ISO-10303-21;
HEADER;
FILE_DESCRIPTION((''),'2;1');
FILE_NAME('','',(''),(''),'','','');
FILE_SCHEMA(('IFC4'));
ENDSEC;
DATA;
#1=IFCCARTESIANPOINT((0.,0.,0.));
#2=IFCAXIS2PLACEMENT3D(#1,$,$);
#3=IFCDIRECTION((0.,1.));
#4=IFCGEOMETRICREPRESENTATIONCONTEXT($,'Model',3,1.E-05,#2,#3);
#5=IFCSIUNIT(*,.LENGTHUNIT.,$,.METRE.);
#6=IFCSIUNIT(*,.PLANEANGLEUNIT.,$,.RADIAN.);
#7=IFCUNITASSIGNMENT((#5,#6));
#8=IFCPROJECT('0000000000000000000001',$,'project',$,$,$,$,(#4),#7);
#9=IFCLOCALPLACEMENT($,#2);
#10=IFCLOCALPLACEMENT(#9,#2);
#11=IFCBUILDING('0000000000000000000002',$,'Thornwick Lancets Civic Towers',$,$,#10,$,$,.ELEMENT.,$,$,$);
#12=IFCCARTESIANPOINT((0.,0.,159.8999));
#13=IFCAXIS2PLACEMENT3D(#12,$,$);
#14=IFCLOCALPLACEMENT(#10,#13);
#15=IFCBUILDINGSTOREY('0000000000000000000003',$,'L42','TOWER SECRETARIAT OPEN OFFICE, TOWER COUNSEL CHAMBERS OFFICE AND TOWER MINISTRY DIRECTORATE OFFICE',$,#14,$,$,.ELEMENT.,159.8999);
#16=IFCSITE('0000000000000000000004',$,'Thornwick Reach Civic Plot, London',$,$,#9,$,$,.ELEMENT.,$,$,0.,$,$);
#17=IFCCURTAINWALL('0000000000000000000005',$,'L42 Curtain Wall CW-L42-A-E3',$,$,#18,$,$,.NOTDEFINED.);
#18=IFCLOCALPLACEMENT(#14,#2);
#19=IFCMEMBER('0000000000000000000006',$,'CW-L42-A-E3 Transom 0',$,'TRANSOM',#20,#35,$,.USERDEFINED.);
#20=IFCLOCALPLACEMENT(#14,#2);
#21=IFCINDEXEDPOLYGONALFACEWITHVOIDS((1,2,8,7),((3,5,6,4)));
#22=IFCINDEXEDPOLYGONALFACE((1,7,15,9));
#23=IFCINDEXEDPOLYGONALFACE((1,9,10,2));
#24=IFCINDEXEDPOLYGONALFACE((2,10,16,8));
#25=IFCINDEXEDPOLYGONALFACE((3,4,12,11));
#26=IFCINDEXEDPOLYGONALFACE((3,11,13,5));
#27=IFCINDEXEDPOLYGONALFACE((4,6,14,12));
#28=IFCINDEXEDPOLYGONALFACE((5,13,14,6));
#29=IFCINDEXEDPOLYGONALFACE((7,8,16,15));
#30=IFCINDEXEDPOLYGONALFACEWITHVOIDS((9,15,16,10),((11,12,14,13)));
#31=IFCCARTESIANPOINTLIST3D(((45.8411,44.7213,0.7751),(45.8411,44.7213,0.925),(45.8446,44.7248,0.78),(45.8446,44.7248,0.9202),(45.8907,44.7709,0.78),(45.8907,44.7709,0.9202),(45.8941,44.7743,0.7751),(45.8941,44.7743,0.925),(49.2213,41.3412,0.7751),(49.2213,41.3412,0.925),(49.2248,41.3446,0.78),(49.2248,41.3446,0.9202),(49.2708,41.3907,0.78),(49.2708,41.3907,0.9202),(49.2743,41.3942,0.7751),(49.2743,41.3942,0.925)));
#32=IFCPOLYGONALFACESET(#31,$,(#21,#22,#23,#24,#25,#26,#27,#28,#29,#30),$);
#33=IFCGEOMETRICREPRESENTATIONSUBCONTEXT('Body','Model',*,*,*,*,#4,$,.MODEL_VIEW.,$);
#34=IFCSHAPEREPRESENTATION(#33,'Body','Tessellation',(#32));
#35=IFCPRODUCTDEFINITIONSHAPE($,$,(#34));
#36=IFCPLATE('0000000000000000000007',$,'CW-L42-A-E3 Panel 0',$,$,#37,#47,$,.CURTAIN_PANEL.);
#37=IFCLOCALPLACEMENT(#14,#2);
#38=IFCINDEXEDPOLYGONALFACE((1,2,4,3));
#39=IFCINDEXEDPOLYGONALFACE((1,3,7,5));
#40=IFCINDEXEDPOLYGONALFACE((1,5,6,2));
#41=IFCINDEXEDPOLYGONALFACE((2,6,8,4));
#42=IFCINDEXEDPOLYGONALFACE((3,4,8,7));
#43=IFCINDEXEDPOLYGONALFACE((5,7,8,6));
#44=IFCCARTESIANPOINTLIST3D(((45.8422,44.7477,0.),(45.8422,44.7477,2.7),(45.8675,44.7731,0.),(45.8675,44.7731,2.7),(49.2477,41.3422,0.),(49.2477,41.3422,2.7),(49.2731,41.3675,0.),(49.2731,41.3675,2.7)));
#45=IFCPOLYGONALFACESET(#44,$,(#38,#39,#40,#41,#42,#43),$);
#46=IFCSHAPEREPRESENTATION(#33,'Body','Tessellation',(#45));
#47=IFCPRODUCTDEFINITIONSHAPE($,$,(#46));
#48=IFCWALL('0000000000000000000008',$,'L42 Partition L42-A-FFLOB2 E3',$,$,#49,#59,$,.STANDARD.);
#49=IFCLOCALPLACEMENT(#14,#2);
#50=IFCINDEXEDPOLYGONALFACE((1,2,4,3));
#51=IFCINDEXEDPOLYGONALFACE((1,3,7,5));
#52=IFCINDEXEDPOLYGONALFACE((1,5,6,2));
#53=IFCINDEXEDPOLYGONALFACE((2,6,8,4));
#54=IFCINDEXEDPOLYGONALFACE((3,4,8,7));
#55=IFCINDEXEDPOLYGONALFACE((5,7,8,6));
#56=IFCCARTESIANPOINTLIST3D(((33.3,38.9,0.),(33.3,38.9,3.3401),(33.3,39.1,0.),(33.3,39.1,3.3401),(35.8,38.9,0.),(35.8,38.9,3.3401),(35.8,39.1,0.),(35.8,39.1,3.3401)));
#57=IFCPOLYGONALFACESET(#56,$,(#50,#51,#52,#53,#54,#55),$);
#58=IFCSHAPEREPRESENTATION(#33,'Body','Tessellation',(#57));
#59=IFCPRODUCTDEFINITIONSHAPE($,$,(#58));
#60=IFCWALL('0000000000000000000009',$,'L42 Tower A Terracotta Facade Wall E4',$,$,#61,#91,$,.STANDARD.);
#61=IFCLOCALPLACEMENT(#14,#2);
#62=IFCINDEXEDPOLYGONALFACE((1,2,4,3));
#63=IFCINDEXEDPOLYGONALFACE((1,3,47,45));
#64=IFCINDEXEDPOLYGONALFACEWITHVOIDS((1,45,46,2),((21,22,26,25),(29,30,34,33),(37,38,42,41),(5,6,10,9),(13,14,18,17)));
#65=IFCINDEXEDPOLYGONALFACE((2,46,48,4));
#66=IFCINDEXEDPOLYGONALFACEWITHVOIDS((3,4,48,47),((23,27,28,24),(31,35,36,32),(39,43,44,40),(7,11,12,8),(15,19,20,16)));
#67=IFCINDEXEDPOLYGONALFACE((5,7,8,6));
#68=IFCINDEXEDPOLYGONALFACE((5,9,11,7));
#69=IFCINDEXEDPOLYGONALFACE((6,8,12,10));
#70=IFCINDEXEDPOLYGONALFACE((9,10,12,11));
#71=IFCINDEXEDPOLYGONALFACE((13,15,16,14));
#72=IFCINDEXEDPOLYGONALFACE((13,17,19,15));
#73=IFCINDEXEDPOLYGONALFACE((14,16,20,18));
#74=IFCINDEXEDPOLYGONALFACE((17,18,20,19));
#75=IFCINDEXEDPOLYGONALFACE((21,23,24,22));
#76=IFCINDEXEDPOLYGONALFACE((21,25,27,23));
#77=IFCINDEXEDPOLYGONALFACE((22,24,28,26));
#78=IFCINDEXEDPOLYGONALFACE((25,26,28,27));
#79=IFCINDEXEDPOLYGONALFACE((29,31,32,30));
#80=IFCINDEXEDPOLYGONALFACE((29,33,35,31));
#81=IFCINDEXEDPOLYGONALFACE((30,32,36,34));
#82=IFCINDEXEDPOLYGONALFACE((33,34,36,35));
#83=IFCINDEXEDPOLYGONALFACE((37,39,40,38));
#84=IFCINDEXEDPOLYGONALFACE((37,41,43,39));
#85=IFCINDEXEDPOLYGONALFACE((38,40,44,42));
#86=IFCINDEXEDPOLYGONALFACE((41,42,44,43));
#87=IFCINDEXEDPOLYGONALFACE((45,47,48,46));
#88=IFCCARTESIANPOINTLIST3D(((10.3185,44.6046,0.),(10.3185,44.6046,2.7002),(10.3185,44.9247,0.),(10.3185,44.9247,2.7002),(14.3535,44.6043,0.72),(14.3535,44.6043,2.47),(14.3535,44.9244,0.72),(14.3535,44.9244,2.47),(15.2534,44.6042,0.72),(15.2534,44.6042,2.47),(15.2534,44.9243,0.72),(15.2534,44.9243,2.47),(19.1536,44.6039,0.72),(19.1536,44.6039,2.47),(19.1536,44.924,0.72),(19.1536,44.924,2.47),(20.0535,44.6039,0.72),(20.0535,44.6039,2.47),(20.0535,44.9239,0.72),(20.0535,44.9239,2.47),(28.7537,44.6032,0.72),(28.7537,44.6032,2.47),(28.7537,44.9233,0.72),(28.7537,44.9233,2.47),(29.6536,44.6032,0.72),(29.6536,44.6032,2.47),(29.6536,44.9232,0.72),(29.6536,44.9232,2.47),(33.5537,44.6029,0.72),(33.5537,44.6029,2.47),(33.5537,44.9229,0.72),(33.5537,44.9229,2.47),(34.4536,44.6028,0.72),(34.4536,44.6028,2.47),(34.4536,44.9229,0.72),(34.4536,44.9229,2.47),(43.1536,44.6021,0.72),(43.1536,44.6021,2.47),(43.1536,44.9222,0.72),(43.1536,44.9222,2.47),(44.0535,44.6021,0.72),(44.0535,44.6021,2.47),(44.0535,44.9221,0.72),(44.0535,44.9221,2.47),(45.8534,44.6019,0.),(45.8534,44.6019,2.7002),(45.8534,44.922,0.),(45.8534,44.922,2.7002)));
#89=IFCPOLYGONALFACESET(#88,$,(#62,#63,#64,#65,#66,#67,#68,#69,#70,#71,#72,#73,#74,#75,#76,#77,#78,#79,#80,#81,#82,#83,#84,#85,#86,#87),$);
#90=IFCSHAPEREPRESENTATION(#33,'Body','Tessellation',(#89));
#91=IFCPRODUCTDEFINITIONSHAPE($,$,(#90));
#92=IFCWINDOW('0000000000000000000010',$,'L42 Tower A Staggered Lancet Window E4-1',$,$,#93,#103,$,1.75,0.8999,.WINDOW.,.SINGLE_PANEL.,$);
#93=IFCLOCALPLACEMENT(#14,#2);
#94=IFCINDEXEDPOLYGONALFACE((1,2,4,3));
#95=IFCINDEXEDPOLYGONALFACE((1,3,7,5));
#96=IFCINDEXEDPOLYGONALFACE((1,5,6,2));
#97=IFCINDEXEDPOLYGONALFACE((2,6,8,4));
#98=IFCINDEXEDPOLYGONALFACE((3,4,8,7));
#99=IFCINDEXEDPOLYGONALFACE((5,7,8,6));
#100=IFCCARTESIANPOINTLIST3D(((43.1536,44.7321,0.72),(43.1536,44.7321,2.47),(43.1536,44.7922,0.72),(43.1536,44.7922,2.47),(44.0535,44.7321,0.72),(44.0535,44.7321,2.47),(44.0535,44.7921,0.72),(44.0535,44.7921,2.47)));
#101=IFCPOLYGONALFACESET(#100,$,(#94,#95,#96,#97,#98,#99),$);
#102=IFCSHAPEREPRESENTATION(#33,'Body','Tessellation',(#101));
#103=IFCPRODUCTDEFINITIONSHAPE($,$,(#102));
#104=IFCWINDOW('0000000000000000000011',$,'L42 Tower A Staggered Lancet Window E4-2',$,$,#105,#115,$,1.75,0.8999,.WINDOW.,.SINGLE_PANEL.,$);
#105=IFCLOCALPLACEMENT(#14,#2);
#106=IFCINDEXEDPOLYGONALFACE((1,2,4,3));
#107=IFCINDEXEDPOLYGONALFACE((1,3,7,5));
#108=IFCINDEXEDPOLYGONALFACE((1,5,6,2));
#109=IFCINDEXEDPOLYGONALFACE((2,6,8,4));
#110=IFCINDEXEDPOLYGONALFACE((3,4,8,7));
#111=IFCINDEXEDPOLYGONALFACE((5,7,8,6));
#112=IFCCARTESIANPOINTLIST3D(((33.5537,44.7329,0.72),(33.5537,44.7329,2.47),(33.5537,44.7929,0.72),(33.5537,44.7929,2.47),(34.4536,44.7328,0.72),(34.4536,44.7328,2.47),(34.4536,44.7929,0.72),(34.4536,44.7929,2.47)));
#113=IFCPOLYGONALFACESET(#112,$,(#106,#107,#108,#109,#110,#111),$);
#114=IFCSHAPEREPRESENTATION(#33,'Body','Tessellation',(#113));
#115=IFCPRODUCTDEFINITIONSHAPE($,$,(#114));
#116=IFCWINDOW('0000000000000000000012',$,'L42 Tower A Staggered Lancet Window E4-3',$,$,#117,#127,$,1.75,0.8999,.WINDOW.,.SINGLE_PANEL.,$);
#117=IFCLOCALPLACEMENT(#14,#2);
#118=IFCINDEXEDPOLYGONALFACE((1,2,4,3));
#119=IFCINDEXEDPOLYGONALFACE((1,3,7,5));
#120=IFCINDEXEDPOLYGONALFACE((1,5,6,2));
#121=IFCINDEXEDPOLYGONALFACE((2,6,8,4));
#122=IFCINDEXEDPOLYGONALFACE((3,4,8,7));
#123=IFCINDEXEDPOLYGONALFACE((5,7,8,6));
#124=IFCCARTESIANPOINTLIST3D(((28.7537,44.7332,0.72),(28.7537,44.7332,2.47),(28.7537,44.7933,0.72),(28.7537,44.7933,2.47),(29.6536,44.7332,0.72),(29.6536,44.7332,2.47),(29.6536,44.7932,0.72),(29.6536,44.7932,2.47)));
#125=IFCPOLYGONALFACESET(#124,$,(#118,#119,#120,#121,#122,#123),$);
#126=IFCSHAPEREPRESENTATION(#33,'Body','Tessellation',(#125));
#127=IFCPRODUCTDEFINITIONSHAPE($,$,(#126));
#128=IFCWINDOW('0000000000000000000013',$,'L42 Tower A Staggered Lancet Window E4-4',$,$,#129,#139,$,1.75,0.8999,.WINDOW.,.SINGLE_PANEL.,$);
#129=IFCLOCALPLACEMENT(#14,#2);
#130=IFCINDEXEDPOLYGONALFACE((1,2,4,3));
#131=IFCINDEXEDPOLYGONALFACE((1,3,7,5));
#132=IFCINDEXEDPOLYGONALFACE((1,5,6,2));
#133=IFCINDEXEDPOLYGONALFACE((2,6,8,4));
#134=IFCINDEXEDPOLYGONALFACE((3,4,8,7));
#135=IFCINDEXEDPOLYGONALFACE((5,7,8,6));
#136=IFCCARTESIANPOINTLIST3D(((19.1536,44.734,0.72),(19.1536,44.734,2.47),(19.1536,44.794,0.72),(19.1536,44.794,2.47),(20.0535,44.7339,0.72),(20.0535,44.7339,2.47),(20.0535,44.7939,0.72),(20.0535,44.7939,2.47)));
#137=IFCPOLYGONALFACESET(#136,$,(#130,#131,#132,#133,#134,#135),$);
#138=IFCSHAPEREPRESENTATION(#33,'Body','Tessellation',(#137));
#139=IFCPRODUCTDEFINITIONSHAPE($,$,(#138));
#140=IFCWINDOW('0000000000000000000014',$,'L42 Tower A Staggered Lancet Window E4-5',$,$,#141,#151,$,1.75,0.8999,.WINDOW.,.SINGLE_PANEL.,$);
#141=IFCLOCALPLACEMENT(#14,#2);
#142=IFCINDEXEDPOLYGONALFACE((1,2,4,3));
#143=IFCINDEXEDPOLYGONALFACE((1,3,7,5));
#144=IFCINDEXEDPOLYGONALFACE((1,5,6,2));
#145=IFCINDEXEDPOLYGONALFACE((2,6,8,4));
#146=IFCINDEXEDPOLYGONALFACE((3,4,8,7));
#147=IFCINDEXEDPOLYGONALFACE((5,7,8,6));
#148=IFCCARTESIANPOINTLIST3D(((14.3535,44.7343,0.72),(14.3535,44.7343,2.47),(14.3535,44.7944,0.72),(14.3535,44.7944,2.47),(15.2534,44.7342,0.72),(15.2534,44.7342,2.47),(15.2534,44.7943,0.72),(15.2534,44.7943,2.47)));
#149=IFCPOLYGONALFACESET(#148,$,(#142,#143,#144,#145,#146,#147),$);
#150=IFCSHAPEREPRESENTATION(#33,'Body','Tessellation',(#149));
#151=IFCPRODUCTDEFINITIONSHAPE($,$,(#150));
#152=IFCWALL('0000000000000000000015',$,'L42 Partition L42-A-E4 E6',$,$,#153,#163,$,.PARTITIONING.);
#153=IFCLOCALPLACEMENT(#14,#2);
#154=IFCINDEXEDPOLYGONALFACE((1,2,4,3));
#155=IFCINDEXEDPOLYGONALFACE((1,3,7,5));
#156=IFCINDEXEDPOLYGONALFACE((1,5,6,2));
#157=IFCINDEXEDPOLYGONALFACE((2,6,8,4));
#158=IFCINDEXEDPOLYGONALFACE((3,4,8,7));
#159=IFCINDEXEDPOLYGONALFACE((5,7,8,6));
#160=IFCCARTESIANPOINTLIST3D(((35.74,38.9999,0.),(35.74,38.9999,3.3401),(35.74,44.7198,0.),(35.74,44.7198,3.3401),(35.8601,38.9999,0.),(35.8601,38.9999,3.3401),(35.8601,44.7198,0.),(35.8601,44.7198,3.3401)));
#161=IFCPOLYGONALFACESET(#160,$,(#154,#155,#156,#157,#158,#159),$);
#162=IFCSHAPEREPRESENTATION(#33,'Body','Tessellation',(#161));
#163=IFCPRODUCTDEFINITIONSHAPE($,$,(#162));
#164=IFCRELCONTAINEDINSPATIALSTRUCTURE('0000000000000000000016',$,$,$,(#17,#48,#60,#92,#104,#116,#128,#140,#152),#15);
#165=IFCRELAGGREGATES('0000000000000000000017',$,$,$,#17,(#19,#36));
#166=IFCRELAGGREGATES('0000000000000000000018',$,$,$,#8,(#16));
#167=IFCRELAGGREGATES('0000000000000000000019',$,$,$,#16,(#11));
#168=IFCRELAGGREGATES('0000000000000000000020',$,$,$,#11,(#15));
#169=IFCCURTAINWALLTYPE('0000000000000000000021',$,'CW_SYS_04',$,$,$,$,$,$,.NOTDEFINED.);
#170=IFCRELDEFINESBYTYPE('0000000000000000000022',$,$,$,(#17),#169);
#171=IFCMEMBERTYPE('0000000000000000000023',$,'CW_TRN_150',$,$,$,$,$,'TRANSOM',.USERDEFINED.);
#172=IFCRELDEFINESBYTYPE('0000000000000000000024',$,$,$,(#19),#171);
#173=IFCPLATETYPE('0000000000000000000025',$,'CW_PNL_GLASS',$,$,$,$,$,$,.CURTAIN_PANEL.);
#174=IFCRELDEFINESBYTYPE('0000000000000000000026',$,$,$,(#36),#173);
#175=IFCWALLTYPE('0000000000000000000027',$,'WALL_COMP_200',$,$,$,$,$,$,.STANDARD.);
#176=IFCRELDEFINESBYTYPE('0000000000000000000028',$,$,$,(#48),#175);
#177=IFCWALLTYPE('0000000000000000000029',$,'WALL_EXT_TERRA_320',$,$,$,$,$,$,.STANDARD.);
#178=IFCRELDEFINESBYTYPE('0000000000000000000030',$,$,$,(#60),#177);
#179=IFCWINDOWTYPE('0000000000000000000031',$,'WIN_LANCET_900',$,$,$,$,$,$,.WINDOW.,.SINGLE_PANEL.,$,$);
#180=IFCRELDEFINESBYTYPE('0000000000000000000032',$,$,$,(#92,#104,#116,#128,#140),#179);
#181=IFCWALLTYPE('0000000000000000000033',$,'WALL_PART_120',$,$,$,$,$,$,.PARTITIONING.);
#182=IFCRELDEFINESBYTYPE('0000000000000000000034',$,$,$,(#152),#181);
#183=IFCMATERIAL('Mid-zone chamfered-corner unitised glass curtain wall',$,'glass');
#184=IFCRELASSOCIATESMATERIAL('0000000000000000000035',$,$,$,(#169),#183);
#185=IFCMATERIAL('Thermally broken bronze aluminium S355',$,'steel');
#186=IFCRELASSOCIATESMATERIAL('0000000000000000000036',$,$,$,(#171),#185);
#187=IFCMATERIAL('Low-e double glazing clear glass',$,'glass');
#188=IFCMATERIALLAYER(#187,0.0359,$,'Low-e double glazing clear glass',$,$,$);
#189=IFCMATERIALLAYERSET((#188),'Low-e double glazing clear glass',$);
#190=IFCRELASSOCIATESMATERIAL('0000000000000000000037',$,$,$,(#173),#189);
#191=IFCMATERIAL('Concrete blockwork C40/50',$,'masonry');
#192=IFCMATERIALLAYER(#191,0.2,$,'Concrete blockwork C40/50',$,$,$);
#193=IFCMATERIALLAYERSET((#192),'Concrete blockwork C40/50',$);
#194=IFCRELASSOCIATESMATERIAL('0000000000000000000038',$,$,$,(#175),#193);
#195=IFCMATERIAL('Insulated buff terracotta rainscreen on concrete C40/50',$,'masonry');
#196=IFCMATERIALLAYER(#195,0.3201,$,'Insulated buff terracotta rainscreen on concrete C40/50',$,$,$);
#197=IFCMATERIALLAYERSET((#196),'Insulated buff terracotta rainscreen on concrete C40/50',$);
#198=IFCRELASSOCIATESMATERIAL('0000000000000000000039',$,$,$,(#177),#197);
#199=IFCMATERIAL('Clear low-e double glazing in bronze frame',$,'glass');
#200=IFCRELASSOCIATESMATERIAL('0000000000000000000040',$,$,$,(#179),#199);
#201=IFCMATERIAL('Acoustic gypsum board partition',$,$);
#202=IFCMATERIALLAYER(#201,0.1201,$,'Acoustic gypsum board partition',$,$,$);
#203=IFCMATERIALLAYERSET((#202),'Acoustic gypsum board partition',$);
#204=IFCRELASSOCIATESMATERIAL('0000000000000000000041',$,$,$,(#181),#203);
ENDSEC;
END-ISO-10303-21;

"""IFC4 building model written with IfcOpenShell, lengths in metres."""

from ifc_helpers import new_model, si_unit, direction, frame, frame_2d, origin, origin_2d, place, context, subcontext, project, spatial, rectangle, hollow_rectangle, extrude, material, layer, layer_set, material_profile, profile_set, type_object, element, fill, aggregate, save


model = new_model("IFC4")

# Units and contexts
model_context = context("Model", 3, precision=1e-05, world=origin(), true_north=direction((0.0, 1.0)))
body_context = subcontext(model_context, "Body", "Model", "MODEL_VIEW")
ifc_project = project(units=[si_unit("LENGTHUNIT", "METRE"), si_unit("PLANEANGLEUNIT", "RADIAN")], contexts=[model_context])

# Site, building, storey
site_placement = place(None, origin())
site = spatial("IfcSite", under=ifc_project, at=site_placement, Name="Thornwick Reach Civic Plot, London", CompositionType="ELEMENT", RefElevation=0.0)
building_placement = place(site_placement, origin())
building = spatial("IfcBuilding", under=site, at=building_placement, Name="Thornwick Lancets Civic Towers", CompositionType="ELEMENT")
storey_placement = place(building_placement, frame((0.0, 0.0, 159.8999)))
storey = spatial("IfcBuildingStorey", under=building, at=storey_placement, Name="L42", Description="TOWER SECRETARIAT OPEN OFFICE, TOWER COUNSEL CHAMBERS OFFICE AND TOWER MINISTRY DIRECTORATE OFFICE", CompositionType="ELEMENT", Elevation=159.8999)

# Curtain wall, member, plate
ifc_material_1 = material(Name="Mid-zone chamfered-corner unitised glass curtain wall", Category="glass")
curtain_wall_type = type_object("IfcCurtainWallType", Name="CW_SYS_04", PredefinedType="NOTDEFINED", material=ifc_material_1)
curtain_wall_placement = place(storey_placement, origin())
curtain_wall = element("IfcCurtainWall", 1, at=curtain_wall_placement, inside=storey, type_object=curtain_wall_type, Name="L42 Curtain Wall CW-L42-A-E3", PredefinedType="NOTDEFINED")
ifc_material_2 = material(Name="Thermally broken bronze aluminium S355", Category="steel")
ifc_material_profile_1 = material_profile(ifc_material_2, hollow_rectangle(XDim=0.075, YDim=0.1499, WallThickness=0.0049, at=origin_2d()), Name="RHS 150x75x5")
ifc_profile_set_1 = profile_set([ifc_material_profile_1], Name="Thermally broken bronze aluminium S355")
member_type_1 = type_object("IfcMemberType", Name="CW_TRN_150", ElementType="TRANSOM", PredefinedType="USERDEFINED", material=ifc_profile_set_1)
member_1_placement = place(storey_placement, frame((49.2478, 41.3677, 0.8501), z_axis=(-0.707107, 0.707107, 0.0), x_axis=(-0.707107, -0.707107, 0.0)))
member_1 = element("IfcMember", 2, at=member_1_placement, type_object=member_type_1, Name="CW-L42-A-E3 Transom 0", ObjectType="TRANSOM", PredefinedType="USERDEFINED", context=body_context, shape_type="SweptSolid", body=[
    extrude(hollow_rectangle(XDim=0.075, YDim=0.1499, WallThickness=0.0049, at=origin_2d()), origin(), (0.0, 0.0, 1.0), 4.7803),
])
ifc_material_3 = material(Name="Low-e double glazing clear glass", Category="glass")
ifc_layer_1 = layer(ifc_material_3, 0.0359, Name="Low-e double glazing clear glass")
ifc_layer_set_1 = layer_set([ifc_layer_1], Name="Low-e double glazing clear glass")
plate_type = type_object("IfcPlateType", Name="CW_PNL_GLASS", PredefinedType="CURTAIN_PANEL", material=ifc_layer_set_1)
plate_placement = place(storey_placement, frame((47.5576, 43.0576, 0.0), z_axis=(0.0, 0.0, 1.0), x_axis=(-0.707107, 0.707107, 0.0)))
plate = element("IfcPlate", 3, at=plate_placement, type_object=plate_type, Name="CW-L42-A-E3 Panel 0", PredefinedType="CURTAIN_PANEL", context=body_context, shape_type="SweptSolid", body=[
    extrude(rectangle(XDim=4.8162, YDim=0.0359, at=origin_2d()), origin(), (0.0, 0.0, 1.0), 2.7),
])
aggregate(curtain_wall, [member_1, plate])

# Wall
ifc_material_4 = material(Name="Concrete blockwork C40/50", Category="masonry")
ifc_layer_2 = layer(ifc_material_4, 0.2, Name="Concrete blockwork C40/50")
ifc_layer_set_2 = layer_set([ifc_layer_2], Name="Concrete blockwork C40/50")
wall_type_1 = type_object("IfcWallType", Name="WALL_COMP_200", PredefinedType="STANDARD", material=ifc_layer_set_2)
wall_1_placement = place(storey_placement, frame((35.8, 39.0, 0.0), z_axis=(0.0, 0.0, 1.0), x_axis=(-1.0, 0.0, 0.0)))
element("IfcWall", 4, at=wall_1_placement, inside=storey, type_object=wall_type_1, Name="L42 Partition L42-A-FFLOB2 E3", PredefinedType="STANDARD", context=body_context, shape_type="SweptSolid", body=[
    extrude(rectangle(XDim=2.5, YDim=0.2, at=frame_2d((1.25, 0.0))), origin(), (0.0, 0.0, 1.0), 3.3401),
])

# Wall, openings, windows
ifc_material_5 = material(Name="Insulated buff terracotta rainscreen on concrete C40/50", Category="masonry")
ifc_layer_3 = layer(ifc_material_5, 0.3201, Name="Insulated buff terracotta rainscreen on concrete C40/50")
ifc_layer_set_3 = layer_set([ifc_layer_3], Name="Insulated buff terracotta rainscreen on concrete C40/50")
wall_type_2 = type_object("IfcWallType", Name="WALL_EXT_TERRA_320", PredefinedType="STANDARD", material=ifc_layer_set_3)
wall_2_placement = place(storey_placement, frame((45.8535, 44.762, 0.0), z_axis=(0.0, 0.0, 1.0), x_axis=(-1.0, 0.000076, 0.0)))
wall_2 = element("IfcWall", 5, at=wall_2_placement, inside=storey, type_object=wall_type_2, Name="L42 Tower A Terracotta Facade Wall E4", PredefinedType="STANDARD", context=body_context, shape_type="SweptSolid", body=[
    extrude(rectangle(XDim=35.5349, YDim=0.3201, at=frame_2d((17.7676, 0.0))), origin(), (0.0, 0.0, 1.0), 2.7002),
])
opening_1_placement = place(wall_2_placement, frame((1.8, 0.0, 0.72)))
opening_1 = element("IfcOpeningElement", 6, at=opening_1_placement, cuts=wall_2, PredefinedType="OPENING", context=body_context, shape_type="SweptSolid", body=[
    extrude(rectangle(XDim=0.8999, YDim=1.75, at=frame_2d((0.45, 0.875))), frame((0.0, 0.1699, 0.0), z_axis=(0.0, -1.0, 0.0), x_axis=(1.0, 0.0, 0.0)), (0.0, 0.0, 1.0), 0.3401),
])
opening_2_placement = place(wall_2_placement, frame((11.3999, 0.0, 0.72)))
opening_2 = element("IfcOpeningElement", 7, at=opening_2_placement, cuts=wall_2, PredefinedType="OPENING", context=body_context, shape_type="SweptSolid", body=[
    extrude(rectangle(XDim=0.8999, YDim=1.75, at=frame_2d((0.45, 0.875))), frame((0.0, 0.1699, 0.0), z_axis=(0.0, -1.0, 0.0), x_axis=(1.0, 0.0, 0.0)), (0.0, 0.0, 1.0), 0.3401),
])
opening_3_placement = place(wall_2_placement, frame((16.2, 0.0, 0.72)))
opening_3 = element("IfcOpeningElement", 8, at=opening_3_placement, cuts=wall_2, PredefinedType="OPENING", context=body_context, shape_type="SweptSolid", body=[
    extrude(rectangle(XDim=0.8999, YDim=1.75, at=frame_2d((0.45, 0.875))), frame((0.0, 0.1699, 0.0), z_axis=(0.0, -1.0, 0.0), x_axis=(1.0, 0.0, 0.0)), (0.0, 0.0, 1.0), 0.3401),
])
opening_4_placement = place(wall_2_placement, frame((25.8, 0.0, 0.72)))
opening_4 = element("IfcOpeningElement", 9, at=opening_4_placement, cuts=wall_2, PredefinedType="OPENING", context=body_context, shape_type="SweptSolid", body=[
    extrude(rectangle(XDim=0.8999, YDim=1.75, at=frame_2d((0.45, 0.875))), frame((0.0, 0.1699, 0.0), z_axis=(0.0, -1.0, 0.0), x_axis=(1.0, 0.0, 0.0)), (0.0, 0.0, 1.0), 0.3401),
])
opening_5_placement = place(wall_2_placement, frame((30.6001, 0.0, 0.72)))
opening_5 = element("IfcOpeningElement", 10, at=opening_5_placement, cuts=wall_2, PredefinedType="OPENING", context=body_context, shape_type="SweptSolid", body=[
    extrude(rectangle(XDim=0.8999, YDim=1.75, at=frame_2d((0.45, 0.875))), frame((0.0, 0.1699, 0.0), z_axis=(0.0, -1.0, 0.0), x_axis=(1.0, 0.0, 0.0)), (0.0, 0.0, 1.0), 0.3401),
])
ifc_material_6 = material(Name="Clear low-e double glazing in bronze frame", Category="glass")
window_type = type_object("IfcWindowType", Name="WIN_LANCET_900", PartitioningType="SINGLE_PANEL", PredefinedType="WINDOW", material=ifc_material_6)
window_1_placement = place(opening_1_placement, origin())
window_1 = element("IfcWindow", 11, at=window_1_placement, inside=storey, type_object=window_type, Name="L42 Tower A Staggered Lancet Window E4-1", OverallHeight=1.75, OverallWidth=0.8999, PartitioningType="SINGLE_PANEL", PredefinedType="WINDOW", context=body_context, shape_type="SweptSolid", body=[
    extrude(rectangle(XDim=0.8999, YDim=1.75, at=frame_2d((0.45, 0.875))), frame((0.0, 0.03, 0.0), z_axis=(0.0, -1.0, 0.0), x_axis=(1.0, 0.0, 0.0)), (0.0, 0.0, 1.0), 0.0601),
])
fill(opening_1, window_1)
window_2_placement = place(opening_2_placement, origin())
window_2 = element("IfcWindow", 12, at=window_2_placement, inside=storey, type_object=window_type, Name="L42 Tower A Staggered Lancet Window E4-2", OverallHeight=1.75, OverallWidth=0.8999, PartitioningType="SINGLE_PANEL", PredefinedType="WINDOW", context=body_context, shape_type="SweptSolid", body=[
    extrude(rectangle(XDim=0.8999, YDim=1.75, at=frame_2d((0.45, 0.875))), frame((0.0, 0.03, 0.0), z_axis=(0.0, -1.0, 0.0), x_axis=(1.0, 0.0, 0.0)), (0.0, 0.0, 1.0), 0.0601),
])
fill(opening_2, window_2)
window_3_placement = place(opening_3_placement, origin())
window_3 = element("IfcWindow", 13, at=window_3_placement, inside=storey, type_object=window_type, Name="L42 Tower A Staggered Lancet Window E4-3", OverallHeight=1.75, OverallWidth=0.8999, PartitioningType="SINGLE_PANEL", PredefinedType="WINDOW", context=body_context, shape_type="SweptSolid", body=[
    extrude(rectangle(XDim=0.8999, YDim=1.75, at=frame_2d((0.45, 0.875))), frame((0.0, 0.03, 0.0), z_axis=(0.0, -1.0, 0.0), x_axis=(1.0, 0.0, 0.0)), (0.0, 0.0, 1.0), 0.0601),
])
fill(opening_3, window_3)
window_4_placement = place(opening_4_placement, origin())
window_4 = element("IfcWindow", 14, at=window_4_placement, inside=storey, type_object=window_type, Name="L42 Tower A Staggered Lancet Window E4-4", OverallHeight=1.75, OverallWidth=0.8999, PartitioningType="SINGLE_PANEL", PredefinedType="WINDOW", context=body_context, shape_type="SweptSolid", body=[
    extrude(rectangle(XDim=0.8999, YDim=1.75, at=frame_2d((0.45, 0.875))), frame((0.0, 0.03, 0.0), z_axis=(0.0, -1.0, 0.0), x_axis=(1.0, 0.0, 0.0)), (0.0, 0.0, 1.0), 0.0601),
])
fill(opening_4, window_4)
window_5_placement = place(opening_5_placement, origin())
window_5 = element("IfcWindow", 15, at=window_5_placement, inside=storey, type_object=window_type, Name="L42 Tower A Staggered Lancet Window E4-5", OverallHeight=1.75, OverallWidth=0.8999, PartitioningType="SINGLE_PANEL", PredefinedType="WINDOW", context=body_context, shape_type="SweptSolid", body=[
    extrude(rectangle(XDim=0.8999, YDim=1.75, at=frame_2d((0.45, 0.875))), frame((0.0, 0.03, 0.0), z_axis=(0.0, -1.0, 0.0), x_axis=(1.0, 0.0, 0.0)), (0.0, 0.0, 1.0), 0.0601),
])
fill(opening_5, window_5)

# Wall
ifc_material_7 = material(Name="Acoustic gypsum board partition")
ifc_layer_4 = layer(ifc_material_7, 0.1201, Name="Acoustic gypsum board partition")
ifc_layer_set_4 = layer_set([ifc_layer_4], Name="Acoustic gypsum board partition")
wall_type_3 = type_object("IfcWallType", Name="WALL_PART_120", PredefinedType="PARTITIONING", material=ifc_layer_set_4)
wall_3_placement = place(storey_placement, frame((35.8, 39.0, 0.0), z_axis=(0.0, 0.0, 1.0), x_axis=(0.0, 1.0, 0.0)))
element("IfcWall", 16, at=wall_3_placement, inside=storey, type_object=wall_type_3, Name="L42 Partition L42-A-E4 E6", PredefinedType="PARTITIONING", context=body_context, shape_type="SweptSolid", body=[
    extrude(rectangle(XDim=5.72, YDim=0.1201, at=frame_2d((2.8599, 0.0))), origin(), (0.0, 0.0, 1.0), 3.3401),
])

save(model, "model.ifc")
